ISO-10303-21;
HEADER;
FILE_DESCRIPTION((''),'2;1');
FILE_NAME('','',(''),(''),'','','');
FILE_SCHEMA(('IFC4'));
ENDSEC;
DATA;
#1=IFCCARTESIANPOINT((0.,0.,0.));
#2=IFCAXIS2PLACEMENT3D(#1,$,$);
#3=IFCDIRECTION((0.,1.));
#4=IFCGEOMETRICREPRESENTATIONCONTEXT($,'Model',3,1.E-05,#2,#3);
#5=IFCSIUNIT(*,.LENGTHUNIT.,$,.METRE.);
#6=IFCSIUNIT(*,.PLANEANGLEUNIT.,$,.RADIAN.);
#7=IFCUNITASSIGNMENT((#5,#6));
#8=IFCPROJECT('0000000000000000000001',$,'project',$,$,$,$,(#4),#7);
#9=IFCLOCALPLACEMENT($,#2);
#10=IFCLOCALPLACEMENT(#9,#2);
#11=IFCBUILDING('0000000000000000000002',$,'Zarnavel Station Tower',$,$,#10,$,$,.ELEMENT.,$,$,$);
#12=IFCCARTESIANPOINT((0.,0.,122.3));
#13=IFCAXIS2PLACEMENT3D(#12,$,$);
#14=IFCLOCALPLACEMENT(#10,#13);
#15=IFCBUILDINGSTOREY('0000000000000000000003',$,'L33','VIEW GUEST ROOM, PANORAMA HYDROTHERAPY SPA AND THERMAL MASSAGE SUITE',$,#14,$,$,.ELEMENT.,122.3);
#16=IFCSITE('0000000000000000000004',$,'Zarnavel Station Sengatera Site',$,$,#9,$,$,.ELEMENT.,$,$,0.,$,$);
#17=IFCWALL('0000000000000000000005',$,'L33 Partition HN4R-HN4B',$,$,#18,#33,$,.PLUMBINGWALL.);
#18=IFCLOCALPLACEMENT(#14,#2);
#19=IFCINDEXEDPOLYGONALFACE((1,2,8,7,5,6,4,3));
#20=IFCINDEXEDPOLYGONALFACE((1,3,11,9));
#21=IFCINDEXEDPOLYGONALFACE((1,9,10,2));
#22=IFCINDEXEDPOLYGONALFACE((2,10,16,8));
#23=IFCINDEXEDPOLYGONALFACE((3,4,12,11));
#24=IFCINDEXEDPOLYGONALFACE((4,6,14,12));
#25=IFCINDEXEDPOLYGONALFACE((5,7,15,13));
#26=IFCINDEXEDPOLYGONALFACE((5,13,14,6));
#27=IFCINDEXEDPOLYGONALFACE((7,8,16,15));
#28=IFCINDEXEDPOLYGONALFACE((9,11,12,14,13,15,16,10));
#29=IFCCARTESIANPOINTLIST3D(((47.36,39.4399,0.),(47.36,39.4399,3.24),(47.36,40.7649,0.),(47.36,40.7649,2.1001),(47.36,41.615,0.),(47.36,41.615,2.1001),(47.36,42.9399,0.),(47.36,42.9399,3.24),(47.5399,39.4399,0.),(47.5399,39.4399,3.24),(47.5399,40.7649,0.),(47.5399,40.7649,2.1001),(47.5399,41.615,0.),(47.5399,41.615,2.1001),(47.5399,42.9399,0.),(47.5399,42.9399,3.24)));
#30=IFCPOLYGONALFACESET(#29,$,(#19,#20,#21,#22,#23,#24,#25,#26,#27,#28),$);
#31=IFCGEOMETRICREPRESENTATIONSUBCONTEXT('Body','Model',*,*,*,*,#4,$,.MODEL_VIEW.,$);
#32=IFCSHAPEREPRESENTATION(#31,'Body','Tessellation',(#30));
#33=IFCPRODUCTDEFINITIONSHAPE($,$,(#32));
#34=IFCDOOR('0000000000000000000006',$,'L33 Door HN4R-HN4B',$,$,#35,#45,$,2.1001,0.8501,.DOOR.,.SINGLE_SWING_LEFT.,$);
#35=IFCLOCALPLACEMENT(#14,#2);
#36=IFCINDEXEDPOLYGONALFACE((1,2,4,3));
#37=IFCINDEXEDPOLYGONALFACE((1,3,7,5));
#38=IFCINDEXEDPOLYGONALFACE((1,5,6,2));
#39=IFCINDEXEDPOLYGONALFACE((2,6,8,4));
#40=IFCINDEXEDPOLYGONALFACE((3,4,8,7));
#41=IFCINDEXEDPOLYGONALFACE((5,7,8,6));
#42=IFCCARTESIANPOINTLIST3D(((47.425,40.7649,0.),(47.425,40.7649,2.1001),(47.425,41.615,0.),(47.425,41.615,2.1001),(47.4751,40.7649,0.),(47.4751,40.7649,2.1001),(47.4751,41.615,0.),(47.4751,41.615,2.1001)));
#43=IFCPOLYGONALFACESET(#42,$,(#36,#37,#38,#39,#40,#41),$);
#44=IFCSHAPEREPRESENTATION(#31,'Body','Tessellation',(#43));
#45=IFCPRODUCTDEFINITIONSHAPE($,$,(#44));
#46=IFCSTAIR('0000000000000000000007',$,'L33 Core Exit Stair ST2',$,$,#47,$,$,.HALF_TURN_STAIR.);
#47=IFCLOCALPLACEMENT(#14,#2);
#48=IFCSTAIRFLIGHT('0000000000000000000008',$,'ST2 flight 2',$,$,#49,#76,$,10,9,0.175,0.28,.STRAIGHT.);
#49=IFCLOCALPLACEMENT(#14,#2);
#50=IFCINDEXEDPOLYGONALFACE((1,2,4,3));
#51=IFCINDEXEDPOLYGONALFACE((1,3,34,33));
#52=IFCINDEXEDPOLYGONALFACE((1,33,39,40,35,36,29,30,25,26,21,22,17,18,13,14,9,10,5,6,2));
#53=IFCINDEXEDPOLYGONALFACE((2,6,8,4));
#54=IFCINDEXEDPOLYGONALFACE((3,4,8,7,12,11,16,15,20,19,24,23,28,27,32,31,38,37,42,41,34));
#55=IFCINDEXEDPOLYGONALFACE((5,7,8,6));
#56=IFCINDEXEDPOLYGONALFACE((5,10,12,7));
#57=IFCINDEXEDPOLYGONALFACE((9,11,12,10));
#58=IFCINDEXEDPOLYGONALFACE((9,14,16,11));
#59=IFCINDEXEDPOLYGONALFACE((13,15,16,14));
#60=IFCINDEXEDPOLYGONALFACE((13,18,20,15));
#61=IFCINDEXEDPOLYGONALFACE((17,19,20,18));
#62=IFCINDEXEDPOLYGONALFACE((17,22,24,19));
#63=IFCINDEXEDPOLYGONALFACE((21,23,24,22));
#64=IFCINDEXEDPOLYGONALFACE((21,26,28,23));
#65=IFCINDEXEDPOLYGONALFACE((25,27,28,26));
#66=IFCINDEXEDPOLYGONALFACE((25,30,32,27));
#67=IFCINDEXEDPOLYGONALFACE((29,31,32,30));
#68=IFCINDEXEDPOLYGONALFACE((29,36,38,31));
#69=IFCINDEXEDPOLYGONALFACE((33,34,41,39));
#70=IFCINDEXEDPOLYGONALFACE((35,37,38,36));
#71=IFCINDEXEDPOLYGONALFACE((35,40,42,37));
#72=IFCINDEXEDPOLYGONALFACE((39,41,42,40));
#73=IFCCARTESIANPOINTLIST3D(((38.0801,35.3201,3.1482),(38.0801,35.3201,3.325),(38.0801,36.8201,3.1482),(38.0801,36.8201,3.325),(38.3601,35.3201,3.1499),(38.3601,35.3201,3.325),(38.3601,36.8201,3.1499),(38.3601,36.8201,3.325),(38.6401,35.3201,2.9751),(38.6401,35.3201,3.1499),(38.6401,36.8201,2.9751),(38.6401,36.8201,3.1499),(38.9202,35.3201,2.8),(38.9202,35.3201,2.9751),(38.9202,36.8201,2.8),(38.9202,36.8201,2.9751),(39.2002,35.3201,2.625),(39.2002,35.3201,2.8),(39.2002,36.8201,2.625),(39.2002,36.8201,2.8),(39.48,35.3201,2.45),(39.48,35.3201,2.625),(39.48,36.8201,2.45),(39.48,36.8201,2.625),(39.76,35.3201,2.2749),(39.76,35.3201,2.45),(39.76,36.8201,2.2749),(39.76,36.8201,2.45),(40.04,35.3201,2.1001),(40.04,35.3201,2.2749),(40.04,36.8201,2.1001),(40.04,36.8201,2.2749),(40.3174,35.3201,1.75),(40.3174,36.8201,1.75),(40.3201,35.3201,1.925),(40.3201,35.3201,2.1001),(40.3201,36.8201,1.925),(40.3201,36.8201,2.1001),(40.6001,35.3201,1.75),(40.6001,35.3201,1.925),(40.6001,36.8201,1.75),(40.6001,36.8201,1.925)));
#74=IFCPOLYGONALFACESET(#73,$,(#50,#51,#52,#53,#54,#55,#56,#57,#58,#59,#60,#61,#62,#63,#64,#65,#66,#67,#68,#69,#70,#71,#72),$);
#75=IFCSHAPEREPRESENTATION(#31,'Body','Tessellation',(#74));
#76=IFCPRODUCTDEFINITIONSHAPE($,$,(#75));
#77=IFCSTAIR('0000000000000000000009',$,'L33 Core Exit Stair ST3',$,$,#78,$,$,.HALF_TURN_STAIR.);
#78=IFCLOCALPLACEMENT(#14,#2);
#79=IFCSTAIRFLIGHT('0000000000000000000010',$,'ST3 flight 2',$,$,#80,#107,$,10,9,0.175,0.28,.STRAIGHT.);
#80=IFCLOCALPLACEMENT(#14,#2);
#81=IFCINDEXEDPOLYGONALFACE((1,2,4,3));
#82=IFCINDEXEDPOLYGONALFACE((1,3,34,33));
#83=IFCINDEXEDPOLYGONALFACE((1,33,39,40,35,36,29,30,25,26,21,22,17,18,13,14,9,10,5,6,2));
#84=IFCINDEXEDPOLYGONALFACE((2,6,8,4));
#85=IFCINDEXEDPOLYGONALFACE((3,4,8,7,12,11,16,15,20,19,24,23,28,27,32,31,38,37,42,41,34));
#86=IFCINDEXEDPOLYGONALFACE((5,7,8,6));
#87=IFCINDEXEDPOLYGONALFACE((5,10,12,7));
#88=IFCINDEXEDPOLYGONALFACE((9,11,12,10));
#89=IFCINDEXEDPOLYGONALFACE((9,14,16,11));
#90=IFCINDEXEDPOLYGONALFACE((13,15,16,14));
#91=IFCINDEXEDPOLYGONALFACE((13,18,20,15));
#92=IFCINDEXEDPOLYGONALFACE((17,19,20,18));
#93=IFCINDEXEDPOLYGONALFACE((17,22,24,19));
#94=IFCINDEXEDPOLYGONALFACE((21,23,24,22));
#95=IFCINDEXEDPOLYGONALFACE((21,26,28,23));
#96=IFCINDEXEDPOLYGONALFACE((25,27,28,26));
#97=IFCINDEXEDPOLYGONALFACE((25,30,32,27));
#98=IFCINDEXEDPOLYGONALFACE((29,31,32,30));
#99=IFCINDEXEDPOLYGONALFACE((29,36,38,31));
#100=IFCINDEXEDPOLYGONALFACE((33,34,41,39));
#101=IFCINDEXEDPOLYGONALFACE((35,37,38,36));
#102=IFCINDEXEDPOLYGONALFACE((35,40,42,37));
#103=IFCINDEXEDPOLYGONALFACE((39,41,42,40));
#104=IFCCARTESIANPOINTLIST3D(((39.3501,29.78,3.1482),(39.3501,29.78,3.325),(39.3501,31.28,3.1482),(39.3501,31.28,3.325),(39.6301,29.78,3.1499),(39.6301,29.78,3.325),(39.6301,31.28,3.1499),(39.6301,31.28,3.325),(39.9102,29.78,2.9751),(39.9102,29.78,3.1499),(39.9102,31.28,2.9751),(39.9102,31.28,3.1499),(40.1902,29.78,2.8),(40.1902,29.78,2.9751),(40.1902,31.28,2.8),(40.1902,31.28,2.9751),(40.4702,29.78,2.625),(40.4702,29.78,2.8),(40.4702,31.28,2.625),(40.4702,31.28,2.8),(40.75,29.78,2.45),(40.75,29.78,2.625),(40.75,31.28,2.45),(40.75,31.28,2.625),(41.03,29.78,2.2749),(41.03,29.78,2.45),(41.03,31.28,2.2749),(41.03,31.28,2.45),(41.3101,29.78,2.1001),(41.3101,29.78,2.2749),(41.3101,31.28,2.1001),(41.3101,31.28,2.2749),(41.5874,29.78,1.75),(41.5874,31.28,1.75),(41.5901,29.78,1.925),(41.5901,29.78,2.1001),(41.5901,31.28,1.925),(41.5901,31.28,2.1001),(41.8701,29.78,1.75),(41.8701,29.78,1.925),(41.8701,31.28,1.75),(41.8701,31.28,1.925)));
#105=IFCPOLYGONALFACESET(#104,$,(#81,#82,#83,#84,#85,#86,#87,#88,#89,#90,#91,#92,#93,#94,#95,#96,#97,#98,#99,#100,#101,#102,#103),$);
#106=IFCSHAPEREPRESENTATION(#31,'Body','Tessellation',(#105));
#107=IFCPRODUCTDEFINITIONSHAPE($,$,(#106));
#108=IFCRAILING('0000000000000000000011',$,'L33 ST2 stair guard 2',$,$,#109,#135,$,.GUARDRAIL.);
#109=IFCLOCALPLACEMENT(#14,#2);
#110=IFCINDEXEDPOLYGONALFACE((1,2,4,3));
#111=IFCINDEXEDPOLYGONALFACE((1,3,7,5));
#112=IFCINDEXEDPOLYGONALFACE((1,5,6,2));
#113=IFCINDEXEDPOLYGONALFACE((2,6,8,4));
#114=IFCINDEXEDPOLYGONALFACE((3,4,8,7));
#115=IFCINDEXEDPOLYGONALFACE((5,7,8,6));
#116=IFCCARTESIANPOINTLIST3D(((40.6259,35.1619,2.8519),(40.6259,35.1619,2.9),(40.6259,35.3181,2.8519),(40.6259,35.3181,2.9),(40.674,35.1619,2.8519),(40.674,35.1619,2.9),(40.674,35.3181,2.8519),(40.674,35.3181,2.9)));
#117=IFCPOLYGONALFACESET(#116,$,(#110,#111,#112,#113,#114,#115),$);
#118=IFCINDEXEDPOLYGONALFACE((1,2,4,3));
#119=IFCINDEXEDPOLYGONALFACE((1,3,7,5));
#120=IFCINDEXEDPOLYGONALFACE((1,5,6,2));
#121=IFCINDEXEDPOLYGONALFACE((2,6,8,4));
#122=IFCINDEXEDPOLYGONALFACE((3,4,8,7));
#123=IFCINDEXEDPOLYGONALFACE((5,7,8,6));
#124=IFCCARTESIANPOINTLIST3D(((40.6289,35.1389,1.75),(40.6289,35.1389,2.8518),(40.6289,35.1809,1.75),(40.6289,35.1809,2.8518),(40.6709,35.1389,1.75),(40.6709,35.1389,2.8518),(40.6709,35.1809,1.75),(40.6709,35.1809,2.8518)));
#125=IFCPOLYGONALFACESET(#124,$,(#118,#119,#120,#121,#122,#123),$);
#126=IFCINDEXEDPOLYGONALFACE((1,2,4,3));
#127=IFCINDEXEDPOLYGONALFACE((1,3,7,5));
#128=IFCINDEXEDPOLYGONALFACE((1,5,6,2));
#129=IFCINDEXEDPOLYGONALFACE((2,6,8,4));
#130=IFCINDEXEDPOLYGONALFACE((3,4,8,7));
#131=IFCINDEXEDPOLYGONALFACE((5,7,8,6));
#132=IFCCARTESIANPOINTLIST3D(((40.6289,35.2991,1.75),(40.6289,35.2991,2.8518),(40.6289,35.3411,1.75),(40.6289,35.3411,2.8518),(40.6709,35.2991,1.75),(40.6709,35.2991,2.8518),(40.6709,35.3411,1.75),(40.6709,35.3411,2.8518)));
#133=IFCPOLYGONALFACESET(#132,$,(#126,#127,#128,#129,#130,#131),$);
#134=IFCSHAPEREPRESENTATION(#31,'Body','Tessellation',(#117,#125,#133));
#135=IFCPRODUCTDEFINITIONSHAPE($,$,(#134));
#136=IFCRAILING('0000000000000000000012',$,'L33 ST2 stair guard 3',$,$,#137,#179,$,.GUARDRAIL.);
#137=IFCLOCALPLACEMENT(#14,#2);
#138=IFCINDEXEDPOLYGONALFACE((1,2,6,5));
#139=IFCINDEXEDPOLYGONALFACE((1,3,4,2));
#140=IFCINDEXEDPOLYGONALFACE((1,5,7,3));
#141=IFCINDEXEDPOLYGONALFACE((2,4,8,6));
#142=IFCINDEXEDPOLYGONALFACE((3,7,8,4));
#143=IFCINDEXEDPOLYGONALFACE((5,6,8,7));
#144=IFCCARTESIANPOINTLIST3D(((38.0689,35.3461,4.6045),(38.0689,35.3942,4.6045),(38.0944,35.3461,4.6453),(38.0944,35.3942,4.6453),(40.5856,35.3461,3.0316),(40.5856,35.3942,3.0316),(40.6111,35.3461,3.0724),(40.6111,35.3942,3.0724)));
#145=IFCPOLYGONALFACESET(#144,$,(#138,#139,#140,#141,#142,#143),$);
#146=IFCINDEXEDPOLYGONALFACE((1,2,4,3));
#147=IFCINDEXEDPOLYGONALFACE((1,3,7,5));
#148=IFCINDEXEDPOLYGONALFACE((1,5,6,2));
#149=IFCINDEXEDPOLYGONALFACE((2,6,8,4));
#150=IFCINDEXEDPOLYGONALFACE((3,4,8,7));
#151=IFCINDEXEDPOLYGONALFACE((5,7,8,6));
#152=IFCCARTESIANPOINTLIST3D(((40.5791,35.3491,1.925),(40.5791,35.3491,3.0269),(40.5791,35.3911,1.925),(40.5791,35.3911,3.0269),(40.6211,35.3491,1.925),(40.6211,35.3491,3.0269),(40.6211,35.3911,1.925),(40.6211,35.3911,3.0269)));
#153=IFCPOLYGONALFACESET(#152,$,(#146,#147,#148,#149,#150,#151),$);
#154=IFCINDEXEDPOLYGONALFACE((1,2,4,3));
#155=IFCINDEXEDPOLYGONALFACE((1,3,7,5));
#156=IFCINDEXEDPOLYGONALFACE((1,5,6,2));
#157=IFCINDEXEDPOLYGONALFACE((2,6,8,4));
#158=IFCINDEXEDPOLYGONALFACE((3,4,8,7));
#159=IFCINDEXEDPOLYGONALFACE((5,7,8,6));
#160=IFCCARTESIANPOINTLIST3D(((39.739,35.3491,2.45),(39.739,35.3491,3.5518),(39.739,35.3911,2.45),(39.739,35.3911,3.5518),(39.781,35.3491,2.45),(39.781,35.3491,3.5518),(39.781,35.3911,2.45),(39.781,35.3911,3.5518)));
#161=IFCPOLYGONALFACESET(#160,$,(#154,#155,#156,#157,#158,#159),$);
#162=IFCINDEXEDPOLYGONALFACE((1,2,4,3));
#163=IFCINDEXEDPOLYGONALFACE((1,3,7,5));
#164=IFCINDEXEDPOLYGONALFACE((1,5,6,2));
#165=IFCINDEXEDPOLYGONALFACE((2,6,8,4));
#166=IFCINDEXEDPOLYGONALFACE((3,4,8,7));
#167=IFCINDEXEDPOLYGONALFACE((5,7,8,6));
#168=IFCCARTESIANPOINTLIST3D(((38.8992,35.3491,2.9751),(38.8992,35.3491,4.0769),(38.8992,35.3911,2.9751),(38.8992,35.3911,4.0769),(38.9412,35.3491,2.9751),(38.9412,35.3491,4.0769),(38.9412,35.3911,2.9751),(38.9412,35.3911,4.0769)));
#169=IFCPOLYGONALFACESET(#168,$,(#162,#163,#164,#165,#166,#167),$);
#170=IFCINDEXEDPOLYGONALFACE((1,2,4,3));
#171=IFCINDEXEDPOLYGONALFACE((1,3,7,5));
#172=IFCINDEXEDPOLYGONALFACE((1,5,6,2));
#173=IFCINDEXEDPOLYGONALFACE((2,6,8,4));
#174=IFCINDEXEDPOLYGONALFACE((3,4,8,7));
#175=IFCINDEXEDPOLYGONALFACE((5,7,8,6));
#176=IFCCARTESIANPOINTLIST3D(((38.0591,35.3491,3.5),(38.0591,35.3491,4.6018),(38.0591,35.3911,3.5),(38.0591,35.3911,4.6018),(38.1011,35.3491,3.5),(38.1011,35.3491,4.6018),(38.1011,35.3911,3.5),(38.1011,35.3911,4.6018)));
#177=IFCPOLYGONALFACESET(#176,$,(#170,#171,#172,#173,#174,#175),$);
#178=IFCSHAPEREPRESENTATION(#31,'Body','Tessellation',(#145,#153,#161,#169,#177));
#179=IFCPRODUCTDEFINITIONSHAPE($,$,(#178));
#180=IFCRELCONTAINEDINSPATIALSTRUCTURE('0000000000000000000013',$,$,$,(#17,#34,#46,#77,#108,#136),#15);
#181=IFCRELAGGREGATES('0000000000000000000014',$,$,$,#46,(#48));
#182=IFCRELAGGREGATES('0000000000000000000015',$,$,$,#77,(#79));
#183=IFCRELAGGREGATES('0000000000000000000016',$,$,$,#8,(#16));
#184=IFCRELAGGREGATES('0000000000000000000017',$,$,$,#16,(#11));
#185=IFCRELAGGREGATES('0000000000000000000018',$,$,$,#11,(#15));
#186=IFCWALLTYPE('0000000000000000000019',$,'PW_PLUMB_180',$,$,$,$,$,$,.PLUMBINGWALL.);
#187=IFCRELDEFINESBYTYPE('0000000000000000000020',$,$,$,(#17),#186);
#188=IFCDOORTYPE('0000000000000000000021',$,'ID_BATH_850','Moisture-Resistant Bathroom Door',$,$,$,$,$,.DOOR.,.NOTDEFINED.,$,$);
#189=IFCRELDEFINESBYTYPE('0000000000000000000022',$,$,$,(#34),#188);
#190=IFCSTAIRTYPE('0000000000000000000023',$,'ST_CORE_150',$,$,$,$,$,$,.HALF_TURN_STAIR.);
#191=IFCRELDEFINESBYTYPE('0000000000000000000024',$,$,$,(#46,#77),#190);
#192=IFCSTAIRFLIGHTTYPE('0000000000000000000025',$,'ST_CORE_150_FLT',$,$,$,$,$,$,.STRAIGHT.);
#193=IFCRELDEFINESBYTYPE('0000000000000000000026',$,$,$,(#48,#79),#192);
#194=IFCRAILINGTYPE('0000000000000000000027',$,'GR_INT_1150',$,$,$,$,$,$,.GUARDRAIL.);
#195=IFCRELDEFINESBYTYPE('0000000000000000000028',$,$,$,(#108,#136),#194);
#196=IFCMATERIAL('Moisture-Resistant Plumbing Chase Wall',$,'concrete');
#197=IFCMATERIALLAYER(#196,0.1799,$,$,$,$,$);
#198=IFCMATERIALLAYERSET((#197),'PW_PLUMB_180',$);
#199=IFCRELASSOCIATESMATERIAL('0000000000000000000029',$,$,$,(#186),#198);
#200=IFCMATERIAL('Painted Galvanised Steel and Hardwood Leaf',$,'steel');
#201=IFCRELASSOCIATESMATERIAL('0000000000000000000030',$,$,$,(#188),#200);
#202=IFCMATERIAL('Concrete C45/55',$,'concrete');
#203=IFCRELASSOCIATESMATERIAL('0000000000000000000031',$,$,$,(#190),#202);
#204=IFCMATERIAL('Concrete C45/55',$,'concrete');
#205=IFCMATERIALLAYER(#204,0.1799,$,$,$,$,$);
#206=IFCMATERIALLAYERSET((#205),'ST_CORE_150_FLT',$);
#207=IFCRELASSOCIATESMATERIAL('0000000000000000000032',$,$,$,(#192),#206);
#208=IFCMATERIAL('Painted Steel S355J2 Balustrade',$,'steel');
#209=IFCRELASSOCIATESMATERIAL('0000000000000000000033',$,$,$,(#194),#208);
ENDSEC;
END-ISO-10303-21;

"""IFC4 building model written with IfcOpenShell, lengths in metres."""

from ifc_helpers import new_model, si_unit, direction, frame, frame_2d, origin, origin_2d, place, context, subcontext, project, spatial, polyline, rectangle, outline, extrude, material, layer, layer_set, type_object, element, fill, aggregate, save


model = new_model("IFC4")

# Units and contexts
model_context = context("Model", 3, precision=1e-05, world=origin(), true_north=direction((0.0, 1.0)))
body_context = subcontext(model_context, "Body", "Model", "MODEL_VIEW")
ifc_project = project(units=[si_unit("LENGTHUNIT", "METRE"), si_unit("PLANEANGLEUNIT", "RADIAN")], contexts=[model_context])

# Site, building, storey
site_placement = place(None, origin())
site = spatial("IfcSite", under=ifc_project, at=site_placement, Name="Zarnavel Station Sengatera Site", CompositionType="ELEMENT", RefElevation=0.0)
building_placement = place(site_placement, origin())
building = spatial("IfcBuilding", under=site, at=building_placement, Name="Zarnavel Station Tower", CompositionType="ELEMENT")
storey_placement = place(building_placement, frame((0.0, 0.0, 122.3)))
storey = spatial("IfcBuildingStorey", under=building, at=storey_placement, Name="L33", Description="VIEW GUEST ROOM, PANORAMA HYDROTHERAPY SPA AND THERMAL MASSAGE SUITE", CompositionType="ELEMENT", Elevation=122.3)

# Shared definitions
ifc_material_1 = material(Name="Moisture-Resistant Plumbing Chase Wall", Category="concrete")
ifc_layer_1 = layer(ifc_material_1, 0.1799)
ifc_layer_set_1 = layer_set([ifc_layer_1], Name="PW_PLUMB_180")
wall_type_1 = type_object("IfcWallType", Name="PW_PLUMB_180", PredefinedType="PLUMBINGWALL", material=ifc_layer_set_1)

# Shared definitions
ifc_material_2 = material(Name="Painted Galvanised Steel and Hardwood Leaf", Category="steel")
door_type_1 = type_object("IfcDoorType", Name="ID_BATH_850", Description="Moisture-Resistant Bathroom Door", OperationType="NOTDEFINED", PredefinedType="DOOR", material=ifc_material_2)

# Wall, opening, door
wall_1_placement = place(storey_placement, frame((47.45, 39.4399, 0.0), z_axis=(0.0, 0.0, 1.0), x_axis=(0.0, 1.0, 0.0)))
wall_1 = element("IfcWall", 1, at=wall_1_placement, inside=storey, type_object=wall_type_1, Name="L33 Partition HN4R-HN4B", PredefinedType="PLUMBINGWALL", context=body_context, shape_type="SweptSolid", body=[
    extrude(rectangle(XDim=3.5, YDim=0.1799, at=frame_2d((1.75, 0.0))), origin(), (0.0, 0.0, 1.0), 3.24),
])
opening_1_placement = place(wall_1_placement, frame((1.325, 0.0, 0.0)))
opening_1 = element("IfcOpeningElement", 2, at=opening_1_placement, cuts=wall_1, PredefinedType="OPENING", context=body_context, shape_type="SweptSolid", body=[
    extrude(rectangle(XDim=0.8501, YDim=2.1001, at=frame_2d((0.425, 1.05))), frame((0.0, 0.0999, 0.0), z_axis=(0.0, -1.0, 0.0), x_axis=(1.0, 0.0, 0.0)), (0.0, 0.0, 1.0), 0.2),
])
door_1_placement = place(opening_1_placement, origin())
door_1 = element("IfcDoor", 3, at=door_1_placement, inside=storey, type_object=door_type_1, Name="L33 Door HN4R-HN4B", OperationType="SINGLE_SWING_LEFT", OverallHeight=2.1001, OverallWidth=0.8501, PredefinedType="DOOR", context=body_context, shape_type="SweptSolid", body=[
    extrude(rectangle(XDim=0.8501, YDim=2.1001, at=frame_2d((0.425, 1.05))), frame((0.0, 0.0249, 0.0), z_axis=(0.0, -1.0, 0.0), x_axis=(1.0, 0.0, 0.0)), (0.0, 0.0, 1.0), 0.05),
])
fill(opening_1, door_1)

# Stairs, stair flights
ifc_material_3 = material(Name="Concrete C45/55", Category="concrete")
stair_type = type_object("IfcStairType", Name="ST_CORE_150", PredefinedType="HALF_TURN_STAIR", material=ifc_material_3)
stair_1_placement = place(storey_placement, origin())
stair_1 = element("IfcStair", 4, at=stair_1_placement, inside=storey, type_object=stair_type, Name="L33 Core Exit Stair ST2", PredefinedType="HALF_TURN_STAIR")
ifc_material_4 = material(Name="Concrete C45/55", Category="concrete")
ifc_layer_2 = layer(ifc_material_4, 0.1799)
ifc_layer_set_2 = layer_set([ifc_layer_2], Name="ST_CORE_150_FLT")
stair_flight_type = type_object("IfcStairFlightType", Name="ST_CORE_150_FLT", PredefinedType="STRAIGHT", material=ifc_layer_set_2)
stair_flight_1_placement = place(storey_placement, frame((40.6001, 36.0701, 1.75), z_axis=(0.0, 0.0, 1.0), x_axis=(-1.0, 0.0, 0.0)))
stair_flight_1 = element("IfcStairFlight", 5, at=stair_flight_1_placement, type_object=stair_flight_type, Name="ST2 flight 2", NumberOfRisers=10, NumberOfTreads=9, PredefinedType="STRAIGHT", RiserHeight=0.175, TreadLength=0.28, context=body_context, shape_type="SweptSolid", body=[
    extrude(outline(polyline([(0.0, 0.0), (0.0, 0.175), (0.28, 0.175), (0.28, 0.3501), (0.5601, 0.3501), (0.5601, 0.5249), (0.8401, 0.5249), (0.8401, 0.7), (1.1201, 0.7), (1.1201, 0.875), (1.3999, 0.875), (1.3999, 1.05), (1.6799, 1.05), (1.6799, 1.2251), (1.96, 1.2251), (1.96, 1.3999), (2.24, 1.3999), (2.24, 1.575), (2.52, 1.575), (2.52, 1.75), (2.52, 1.3982), (0.2827, 0.0), (0.0, 0.0)])), frame((0.0, 0.75, 0.0), z_axis=(0.0, -1.0, 0.0), x_axis=(1.0, 0.0, 0.0)), (0.0, 0.0, 1.0), 1.5),
])
aggregate(stair_1, [stair_flight_1])
stair_2_placement = place(storey_placement, origin())
stair_2 = element("IfcStair", 6, at=stair_2_placement, inside=storey, type_object=stair_type, Name="L33 Core Exit Stair ST3", PredefinedType="HALF_TURN_STAIR")
stair_flight_2_placement = place(storey_placement, frame((41.8701, 30.53, 1.75), z_axis=(0.0, 0.0, 1.0), x_axis=(-1.0, 0.0, 0.0)))
stair_flight_2 = element("IfcStairFlight", 7, at=stair_flight_2_placement, type_object=stair_flight_type, Name="ST3 flight 2", NumberOfRisers=10, NumberOfTreads=9, PredefinedType="STRAIGHT", RiserHeight=0.175, TreadLength=0.28, context=body_context, shape_type="SweptSolid", body=[
    extrude(outline(polyline([(0.0, 0.0), (0.0, 0.175), (0.28, 0.175), (0.28, 0.3501), (0.5601, 0.3501), (0.5601, 0.5249), (0.8401, 0.5249), (0.8401, 0.7), (1.1201, 0.7), (1.1201, 0.875), (1.3999, 0.875), (1.3999, 1.05), (1.6799, 1.05), (1.6799, 1.2251), (1.96, 1.2251), (1.96, 1.3999), (2.24, 1.3999), (2.24, 1.575), (2.52, 1.575), (2.52, 1.75), (2.52, 1.3982), (0.2827, 0.0), (0.0, 0.0)])), frame((0.0, 0.75, 0.0), z_axis=(0.0, -1.0, 0.0), x_axis=(1.0, 0.0, 0.0)), (0.0, 0.0, 1.0), 1.5),
])
aggregate(stair_2, [stair_flight_2])

# Railings
ifc_material_5 = material(Name="Painted Steel S355J2 Balustrade", Category="steel")
railing_type_1 = type_object("IfcRailingType", Name="GR_INT_1150", PredefinedType="GUARDRAIL", material=ifc_material_5)
railing_placement = place(storey_placement, frame((40.6499, 35.1599, 1.75)))
element("IfcRailing", 8, at=railing_placement, inside=storey, type_object=railing_type_1, Name="L33 ST2 stair guard 2", PredefinedType="GUARDRAIL", context=body_context, shape_type="SweptSolid", body=[
    extrude(rectangle(XDim=0.0481, YDim=0.0481, at=origin_2d()), frame((0.0, 0.002, 1.126), z_axis=(0.0, 1.0, 0.0), x_axis=(-1.0, 0.0, 0.0)), (0.0, 0.0, 1.0), 0.1562),
    extrude(rectangle(XDim=0.042, YDim=0.042, at=origin_2d()), origin(), (0.0, 0.0, 1.0), 1.1018),
    extrude(rectangle(XDim=0.042, YDim=0.042, at=origin_2d()), frame((0.0, 0.1602, 0.0)), (0.0, 0.0, 1.0), 1.1018),
])
for number, where, name in (
    (9, (40.6001, 35.3701, 1.925), "L33 ST2 stair guard 3"),
):
    element("IfcRailing", number, at=place(storey_placement, frame(where)), inside=storey, type_object=railing_type_1, Name=name, PredefinedType="GUARDRAIL", context=body_context, shape_type="SweptSolid", body=[
        extrude(rectangle(XDim=0.0481, YDim=0.0481, at=origin_2d()), frame((-0.0017, 0.0, 1.127), z_axis=(-0.848008, 0.0, 0.529984), x_axis=(0.0, -1.0, 0.0)), (0.0, 0.0, 1.0), 2.9678),
        extrude(rectangle(XDim=0.042, YDim=0.042, at=origin_2d()), origin(), (0.0, 0.0, 1.0), 1.1018),
        extrude(rectangle(XDim=0.042, YDim=0.042, at=origin_2d()), frame((-0.8401, 0.0, 0.5249)), (0.0, 0.0, 1.0), 1.1018),
        extrude(rectangle(XDim=0.042, YDim=0.042, at=origin_2d()), frame((-1.6799, 0.0, 1.05)), (0.0, 0.0, 1.0), 1.1018),
        extrude(rectangle(XDim=0.042, YDim=0.042, at=origin_2d()), frame((-2.52, 0.0, 1.575)), (0.0, 0.0, 1.0), 1.1018),
    ])

save(model, "model.ifc")
